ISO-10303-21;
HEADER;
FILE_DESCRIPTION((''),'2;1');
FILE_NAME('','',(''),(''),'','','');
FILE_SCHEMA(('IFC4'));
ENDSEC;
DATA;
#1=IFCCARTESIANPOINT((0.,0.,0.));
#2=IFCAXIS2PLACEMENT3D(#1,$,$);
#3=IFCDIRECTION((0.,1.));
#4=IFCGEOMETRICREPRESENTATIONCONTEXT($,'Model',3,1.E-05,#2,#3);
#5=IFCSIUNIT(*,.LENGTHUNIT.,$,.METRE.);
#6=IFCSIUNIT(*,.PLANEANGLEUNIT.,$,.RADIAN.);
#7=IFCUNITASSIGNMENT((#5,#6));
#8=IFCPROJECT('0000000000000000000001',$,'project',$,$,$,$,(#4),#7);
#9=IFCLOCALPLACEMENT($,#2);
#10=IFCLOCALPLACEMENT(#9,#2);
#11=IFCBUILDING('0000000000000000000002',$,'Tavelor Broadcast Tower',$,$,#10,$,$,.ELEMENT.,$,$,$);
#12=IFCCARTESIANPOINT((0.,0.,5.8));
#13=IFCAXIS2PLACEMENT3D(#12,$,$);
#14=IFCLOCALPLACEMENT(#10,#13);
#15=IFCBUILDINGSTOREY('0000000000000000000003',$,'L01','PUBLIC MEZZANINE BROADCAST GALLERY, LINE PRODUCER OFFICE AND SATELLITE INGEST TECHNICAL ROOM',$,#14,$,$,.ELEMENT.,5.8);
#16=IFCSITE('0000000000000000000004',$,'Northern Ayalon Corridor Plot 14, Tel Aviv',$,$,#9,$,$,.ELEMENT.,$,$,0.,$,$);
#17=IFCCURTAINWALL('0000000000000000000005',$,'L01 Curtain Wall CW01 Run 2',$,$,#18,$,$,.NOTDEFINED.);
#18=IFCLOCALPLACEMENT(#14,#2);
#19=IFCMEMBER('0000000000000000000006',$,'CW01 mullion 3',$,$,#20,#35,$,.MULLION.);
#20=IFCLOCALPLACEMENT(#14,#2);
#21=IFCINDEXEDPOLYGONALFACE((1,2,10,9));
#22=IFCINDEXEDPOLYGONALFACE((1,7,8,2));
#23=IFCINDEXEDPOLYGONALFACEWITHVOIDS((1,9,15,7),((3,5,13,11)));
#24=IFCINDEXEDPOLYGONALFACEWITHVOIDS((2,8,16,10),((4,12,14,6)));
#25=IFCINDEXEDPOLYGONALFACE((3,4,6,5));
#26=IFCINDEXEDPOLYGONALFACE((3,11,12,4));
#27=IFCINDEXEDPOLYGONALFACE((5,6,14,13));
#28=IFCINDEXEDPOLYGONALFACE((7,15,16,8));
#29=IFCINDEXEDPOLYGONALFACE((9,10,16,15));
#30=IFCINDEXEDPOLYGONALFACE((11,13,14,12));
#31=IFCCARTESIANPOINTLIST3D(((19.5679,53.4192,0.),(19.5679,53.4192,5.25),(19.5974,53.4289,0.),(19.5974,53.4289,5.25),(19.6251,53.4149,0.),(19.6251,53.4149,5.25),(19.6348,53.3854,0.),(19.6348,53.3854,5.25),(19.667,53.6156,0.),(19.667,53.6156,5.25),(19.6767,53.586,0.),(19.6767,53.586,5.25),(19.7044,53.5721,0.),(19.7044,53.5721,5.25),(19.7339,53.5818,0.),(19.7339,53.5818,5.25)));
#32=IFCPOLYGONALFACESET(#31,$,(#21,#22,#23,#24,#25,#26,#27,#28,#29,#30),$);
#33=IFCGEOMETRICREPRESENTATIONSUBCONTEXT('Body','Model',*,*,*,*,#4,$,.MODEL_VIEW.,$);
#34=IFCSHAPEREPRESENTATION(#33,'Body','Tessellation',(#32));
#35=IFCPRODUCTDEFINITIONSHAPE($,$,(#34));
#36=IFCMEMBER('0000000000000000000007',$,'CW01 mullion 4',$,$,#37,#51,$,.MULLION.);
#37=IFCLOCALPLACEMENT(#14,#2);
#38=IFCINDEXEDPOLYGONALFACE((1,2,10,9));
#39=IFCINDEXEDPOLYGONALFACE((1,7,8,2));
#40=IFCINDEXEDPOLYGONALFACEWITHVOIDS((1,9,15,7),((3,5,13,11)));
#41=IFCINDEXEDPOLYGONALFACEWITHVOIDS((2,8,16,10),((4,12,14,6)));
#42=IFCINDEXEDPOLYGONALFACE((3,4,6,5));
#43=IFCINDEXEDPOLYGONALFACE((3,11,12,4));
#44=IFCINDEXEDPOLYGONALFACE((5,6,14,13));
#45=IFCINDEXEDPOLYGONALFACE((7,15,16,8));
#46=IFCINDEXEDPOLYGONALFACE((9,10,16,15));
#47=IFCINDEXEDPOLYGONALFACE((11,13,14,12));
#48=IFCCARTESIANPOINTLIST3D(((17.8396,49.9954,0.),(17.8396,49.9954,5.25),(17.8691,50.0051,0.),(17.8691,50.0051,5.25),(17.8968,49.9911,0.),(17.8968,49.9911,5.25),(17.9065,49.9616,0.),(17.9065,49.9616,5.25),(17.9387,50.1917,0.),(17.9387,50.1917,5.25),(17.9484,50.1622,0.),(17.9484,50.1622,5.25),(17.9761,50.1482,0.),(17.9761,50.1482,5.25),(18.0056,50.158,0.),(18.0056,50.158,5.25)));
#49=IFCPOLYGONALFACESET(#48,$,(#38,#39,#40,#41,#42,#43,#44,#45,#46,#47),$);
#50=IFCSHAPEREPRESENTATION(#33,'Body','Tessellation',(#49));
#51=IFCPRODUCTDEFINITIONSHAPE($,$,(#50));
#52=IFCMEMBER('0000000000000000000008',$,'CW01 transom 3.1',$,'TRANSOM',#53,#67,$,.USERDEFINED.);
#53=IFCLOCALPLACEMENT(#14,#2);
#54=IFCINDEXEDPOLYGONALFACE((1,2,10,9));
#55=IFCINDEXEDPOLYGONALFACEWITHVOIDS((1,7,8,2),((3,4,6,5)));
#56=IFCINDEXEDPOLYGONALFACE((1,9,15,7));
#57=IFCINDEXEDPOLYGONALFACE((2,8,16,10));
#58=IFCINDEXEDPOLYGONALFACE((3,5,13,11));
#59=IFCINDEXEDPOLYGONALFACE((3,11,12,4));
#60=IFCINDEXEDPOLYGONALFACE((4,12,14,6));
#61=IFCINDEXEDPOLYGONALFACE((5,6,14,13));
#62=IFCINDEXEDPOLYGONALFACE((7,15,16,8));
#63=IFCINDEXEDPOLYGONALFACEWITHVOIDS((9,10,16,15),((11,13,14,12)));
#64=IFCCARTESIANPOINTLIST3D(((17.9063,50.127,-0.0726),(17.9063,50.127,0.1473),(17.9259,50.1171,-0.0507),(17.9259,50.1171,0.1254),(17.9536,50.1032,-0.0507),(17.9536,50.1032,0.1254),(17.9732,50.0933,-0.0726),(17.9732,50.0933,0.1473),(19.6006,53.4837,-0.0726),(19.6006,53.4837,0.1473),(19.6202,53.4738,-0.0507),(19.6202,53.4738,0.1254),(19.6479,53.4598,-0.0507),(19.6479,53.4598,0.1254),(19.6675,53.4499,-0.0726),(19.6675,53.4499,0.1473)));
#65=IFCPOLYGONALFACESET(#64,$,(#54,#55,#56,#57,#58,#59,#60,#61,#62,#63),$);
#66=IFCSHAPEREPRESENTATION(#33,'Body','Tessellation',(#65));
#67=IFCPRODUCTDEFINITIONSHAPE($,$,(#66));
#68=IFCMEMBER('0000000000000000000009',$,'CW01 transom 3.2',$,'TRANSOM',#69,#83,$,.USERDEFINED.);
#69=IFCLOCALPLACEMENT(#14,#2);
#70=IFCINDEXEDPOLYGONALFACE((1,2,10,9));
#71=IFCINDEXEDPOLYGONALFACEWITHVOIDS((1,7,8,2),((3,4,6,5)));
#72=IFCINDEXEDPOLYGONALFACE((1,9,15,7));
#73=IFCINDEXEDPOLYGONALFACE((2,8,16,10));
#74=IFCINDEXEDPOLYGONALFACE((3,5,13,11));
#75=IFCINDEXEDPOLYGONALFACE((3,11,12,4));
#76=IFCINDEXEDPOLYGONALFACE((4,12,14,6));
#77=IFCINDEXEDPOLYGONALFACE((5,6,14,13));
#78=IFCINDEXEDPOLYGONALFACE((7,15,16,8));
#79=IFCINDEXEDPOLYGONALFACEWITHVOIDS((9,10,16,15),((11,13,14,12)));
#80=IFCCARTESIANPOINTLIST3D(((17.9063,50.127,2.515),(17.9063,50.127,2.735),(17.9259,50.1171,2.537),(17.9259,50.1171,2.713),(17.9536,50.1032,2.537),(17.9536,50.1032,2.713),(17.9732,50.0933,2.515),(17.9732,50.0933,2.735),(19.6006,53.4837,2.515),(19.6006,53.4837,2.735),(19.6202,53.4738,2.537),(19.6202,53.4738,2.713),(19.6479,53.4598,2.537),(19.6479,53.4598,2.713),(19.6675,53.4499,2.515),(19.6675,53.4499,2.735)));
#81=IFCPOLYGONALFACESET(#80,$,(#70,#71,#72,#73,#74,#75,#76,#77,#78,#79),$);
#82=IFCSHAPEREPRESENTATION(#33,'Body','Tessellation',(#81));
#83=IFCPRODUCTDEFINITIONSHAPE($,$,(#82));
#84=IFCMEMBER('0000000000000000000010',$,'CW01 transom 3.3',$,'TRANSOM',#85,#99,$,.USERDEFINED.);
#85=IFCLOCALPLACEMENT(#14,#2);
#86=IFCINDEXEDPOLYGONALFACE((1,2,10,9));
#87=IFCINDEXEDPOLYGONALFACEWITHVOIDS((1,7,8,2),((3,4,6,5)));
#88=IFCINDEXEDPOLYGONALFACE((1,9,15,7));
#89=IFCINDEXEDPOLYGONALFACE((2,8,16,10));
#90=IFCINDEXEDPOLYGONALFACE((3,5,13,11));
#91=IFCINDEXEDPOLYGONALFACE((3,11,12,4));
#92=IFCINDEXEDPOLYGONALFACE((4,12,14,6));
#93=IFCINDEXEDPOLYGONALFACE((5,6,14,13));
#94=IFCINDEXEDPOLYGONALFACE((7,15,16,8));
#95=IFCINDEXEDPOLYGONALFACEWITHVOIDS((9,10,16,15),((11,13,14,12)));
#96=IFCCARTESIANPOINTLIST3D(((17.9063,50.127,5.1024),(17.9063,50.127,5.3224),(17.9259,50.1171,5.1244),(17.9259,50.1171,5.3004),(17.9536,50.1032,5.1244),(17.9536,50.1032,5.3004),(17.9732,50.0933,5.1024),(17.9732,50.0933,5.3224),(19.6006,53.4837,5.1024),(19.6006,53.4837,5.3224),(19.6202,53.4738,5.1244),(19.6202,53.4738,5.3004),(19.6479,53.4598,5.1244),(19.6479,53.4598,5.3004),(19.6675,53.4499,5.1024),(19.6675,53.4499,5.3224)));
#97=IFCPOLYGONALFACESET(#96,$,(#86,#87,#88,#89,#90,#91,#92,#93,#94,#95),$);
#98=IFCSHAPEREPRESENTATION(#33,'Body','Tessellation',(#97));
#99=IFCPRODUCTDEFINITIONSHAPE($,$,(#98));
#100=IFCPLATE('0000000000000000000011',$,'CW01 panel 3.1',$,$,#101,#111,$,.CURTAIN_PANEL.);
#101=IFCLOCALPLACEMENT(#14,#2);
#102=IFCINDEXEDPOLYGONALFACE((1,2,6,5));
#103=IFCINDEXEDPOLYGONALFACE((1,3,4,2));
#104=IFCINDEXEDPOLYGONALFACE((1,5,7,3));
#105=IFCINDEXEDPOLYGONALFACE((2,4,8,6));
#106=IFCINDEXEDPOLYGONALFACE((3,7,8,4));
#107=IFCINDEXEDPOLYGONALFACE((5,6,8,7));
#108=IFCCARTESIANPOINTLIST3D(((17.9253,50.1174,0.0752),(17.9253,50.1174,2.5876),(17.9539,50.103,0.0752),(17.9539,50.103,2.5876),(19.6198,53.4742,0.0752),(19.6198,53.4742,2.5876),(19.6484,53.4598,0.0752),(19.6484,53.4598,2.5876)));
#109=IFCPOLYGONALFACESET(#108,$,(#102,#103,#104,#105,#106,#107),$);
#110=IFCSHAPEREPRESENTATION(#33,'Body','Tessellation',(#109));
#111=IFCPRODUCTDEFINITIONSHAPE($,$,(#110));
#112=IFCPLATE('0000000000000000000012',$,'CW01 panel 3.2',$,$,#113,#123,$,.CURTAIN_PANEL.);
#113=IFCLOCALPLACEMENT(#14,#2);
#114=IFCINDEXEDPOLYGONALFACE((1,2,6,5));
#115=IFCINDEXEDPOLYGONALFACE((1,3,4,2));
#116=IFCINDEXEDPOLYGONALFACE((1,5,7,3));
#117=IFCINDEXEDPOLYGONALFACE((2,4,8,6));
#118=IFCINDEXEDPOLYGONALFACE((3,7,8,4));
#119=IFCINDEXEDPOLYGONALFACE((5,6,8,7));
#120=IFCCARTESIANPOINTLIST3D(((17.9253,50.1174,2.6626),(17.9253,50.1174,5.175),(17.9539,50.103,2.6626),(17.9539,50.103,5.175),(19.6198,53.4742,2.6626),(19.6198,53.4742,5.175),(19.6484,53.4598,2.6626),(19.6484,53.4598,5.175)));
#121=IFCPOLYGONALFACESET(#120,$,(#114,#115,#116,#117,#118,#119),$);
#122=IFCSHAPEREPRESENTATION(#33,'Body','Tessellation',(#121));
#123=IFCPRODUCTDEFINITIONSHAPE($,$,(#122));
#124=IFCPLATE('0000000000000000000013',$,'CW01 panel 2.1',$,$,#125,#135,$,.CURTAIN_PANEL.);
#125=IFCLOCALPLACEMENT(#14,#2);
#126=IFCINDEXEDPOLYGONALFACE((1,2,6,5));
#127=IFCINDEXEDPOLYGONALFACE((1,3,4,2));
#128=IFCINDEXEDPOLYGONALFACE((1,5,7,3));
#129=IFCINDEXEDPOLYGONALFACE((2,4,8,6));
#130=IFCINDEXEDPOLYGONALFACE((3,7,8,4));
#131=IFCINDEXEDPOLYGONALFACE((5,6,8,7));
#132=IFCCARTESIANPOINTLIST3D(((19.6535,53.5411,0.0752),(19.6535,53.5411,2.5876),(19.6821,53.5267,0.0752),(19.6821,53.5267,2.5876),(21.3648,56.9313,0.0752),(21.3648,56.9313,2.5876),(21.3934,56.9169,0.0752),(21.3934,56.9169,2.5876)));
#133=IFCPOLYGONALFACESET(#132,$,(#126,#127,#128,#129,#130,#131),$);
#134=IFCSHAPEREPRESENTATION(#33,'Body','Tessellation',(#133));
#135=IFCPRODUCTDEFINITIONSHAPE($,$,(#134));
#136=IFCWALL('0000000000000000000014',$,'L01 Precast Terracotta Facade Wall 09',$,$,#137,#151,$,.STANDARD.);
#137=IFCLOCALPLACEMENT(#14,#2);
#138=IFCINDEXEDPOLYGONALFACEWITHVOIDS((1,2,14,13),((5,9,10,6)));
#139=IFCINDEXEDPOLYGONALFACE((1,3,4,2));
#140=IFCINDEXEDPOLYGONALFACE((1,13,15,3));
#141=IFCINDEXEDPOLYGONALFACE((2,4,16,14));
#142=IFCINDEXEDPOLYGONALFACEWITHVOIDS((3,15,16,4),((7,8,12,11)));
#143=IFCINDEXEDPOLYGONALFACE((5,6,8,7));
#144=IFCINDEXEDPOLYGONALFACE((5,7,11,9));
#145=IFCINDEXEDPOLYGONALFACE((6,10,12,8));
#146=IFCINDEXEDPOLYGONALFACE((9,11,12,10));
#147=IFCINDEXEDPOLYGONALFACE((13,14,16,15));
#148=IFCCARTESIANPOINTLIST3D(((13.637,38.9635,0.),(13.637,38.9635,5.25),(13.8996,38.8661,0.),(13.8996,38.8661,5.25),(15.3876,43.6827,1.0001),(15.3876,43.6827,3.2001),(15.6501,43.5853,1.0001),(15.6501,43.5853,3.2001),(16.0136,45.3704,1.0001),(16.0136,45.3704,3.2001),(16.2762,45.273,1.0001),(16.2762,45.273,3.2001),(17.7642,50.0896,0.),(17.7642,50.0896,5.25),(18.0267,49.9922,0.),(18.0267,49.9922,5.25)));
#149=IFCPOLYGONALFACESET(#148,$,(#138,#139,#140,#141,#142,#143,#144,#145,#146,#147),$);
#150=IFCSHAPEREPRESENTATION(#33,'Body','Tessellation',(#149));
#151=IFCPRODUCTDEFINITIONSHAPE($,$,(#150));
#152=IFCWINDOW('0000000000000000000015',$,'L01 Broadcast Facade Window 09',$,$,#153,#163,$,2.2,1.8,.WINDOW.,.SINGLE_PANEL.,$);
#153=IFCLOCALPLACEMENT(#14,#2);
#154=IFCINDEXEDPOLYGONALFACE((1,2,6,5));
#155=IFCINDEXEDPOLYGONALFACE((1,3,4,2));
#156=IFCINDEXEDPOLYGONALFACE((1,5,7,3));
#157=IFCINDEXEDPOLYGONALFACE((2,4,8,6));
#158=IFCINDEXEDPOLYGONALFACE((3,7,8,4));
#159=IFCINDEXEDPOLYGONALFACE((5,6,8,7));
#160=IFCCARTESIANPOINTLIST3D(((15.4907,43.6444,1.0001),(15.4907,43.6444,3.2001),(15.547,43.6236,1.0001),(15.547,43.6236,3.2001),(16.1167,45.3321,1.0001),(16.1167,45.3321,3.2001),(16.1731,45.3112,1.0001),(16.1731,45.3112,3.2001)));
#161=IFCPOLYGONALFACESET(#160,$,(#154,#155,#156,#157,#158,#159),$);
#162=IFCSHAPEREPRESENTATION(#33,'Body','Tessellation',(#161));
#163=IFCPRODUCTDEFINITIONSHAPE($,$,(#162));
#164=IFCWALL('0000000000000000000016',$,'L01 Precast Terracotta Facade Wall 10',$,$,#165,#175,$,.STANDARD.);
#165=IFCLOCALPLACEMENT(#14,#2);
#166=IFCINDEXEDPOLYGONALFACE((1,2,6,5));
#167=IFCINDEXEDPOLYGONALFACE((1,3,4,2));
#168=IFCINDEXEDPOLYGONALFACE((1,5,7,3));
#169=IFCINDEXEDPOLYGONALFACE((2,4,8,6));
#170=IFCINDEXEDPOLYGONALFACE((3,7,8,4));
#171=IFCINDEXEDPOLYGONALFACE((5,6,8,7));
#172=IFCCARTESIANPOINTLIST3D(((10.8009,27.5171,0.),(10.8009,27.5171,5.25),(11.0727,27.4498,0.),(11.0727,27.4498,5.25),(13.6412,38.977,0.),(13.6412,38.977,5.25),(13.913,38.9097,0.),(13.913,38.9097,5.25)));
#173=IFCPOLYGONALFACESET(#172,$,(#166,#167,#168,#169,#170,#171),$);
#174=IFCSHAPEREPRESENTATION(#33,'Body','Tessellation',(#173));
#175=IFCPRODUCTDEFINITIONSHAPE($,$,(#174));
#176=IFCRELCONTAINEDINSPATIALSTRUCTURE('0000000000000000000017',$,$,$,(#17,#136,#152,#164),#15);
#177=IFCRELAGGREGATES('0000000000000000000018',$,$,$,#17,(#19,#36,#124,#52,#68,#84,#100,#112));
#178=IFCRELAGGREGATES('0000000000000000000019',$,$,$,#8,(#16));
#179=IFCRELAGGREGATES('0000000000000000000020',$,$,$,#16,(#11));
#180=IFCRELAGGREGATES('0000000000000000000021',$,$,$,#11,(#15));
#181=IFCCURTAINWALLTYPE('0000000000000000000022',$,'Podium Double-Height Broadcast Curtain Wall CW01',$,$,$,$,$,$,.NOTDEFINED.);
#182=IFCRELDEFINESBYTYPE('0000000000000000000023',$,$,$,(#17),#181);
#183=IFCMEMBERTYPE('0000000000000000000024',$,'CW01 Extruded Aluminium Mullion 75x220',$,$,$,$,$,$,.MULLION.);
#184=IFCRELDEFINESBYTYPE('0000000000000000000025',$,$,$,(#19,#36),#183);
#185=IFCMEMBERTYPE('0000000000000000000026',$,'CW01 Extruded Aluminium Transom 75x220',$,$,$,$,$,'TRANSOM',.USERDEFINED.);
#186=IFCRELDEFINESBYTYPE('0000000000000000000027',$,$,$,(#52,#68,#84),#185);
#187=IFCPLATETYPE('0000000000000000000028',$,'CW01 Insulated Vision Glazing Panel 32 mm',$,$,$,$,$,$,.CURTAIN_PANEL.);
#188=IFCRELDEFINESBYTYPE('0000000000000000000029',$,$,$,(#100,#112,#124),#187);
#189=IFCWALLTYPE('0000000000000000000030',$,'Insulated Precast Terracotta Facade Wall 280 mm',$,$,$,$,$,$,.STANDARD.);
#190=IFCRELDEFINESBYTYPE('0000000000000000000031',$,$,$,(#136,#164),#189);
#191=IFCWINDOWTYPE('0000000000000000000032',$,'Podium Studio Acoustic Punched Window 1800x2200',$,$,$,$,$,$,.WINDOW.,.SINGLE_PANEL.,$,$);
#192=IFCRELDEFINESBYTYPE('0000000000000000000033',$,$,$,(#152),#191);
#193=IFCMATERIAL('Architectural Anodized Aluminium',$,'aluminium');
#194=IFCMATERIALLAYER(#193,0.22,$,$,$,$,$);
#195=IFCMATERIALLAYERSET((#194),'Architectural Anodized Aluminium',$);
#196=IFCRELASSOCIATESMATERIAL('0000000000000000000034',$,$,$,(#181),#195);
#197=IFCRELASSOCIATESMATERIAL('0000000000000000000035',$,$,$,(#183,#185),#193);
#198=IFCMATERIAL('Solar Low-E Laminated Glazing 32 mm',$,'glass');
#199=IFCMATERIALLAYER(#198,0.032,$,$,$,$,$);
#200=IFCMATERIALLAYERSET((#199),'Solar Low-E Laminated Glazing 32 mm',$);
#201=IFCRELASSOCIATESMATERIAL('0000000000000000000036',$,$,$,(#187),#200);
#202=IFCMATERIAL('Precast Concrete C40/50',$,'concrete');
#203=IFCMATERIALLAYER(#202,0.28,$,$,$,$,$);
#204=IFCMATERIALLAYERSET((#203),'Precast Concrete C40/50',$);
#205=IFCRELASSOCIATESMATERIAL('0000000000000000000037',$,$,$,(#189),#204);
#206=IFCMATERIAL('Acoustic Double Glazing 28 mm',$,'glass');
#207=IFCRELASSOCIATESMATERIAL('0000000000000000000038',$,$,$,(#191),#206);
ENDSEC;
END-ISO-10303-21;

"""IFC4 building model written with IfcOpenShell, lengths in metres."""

from ifc_helpers import new_model, si_unit, direction, frame, frame_2d, origin, origin_2d, place, context, subcontext, project, spatial, rectangle, hollow_rectangle, extrude, source, transform, mapped, material, layer, layer_set, material_profile, profile_set, type_object, type_shapes, element, fill, aggregate, save


model = new_model("IFC4")

# Units and contexts
model_context = context("Model", 3, precision=1e-05, world=origin(), true_north=direction((0.0, 1.0)))
body_context = subcontext(model_context, "Body", "Model", "MODEL_VIEW")
ifc_project = project(units=[si_unit("LENGTHUNIT", "METRE"), si_unit("PLANEANGLEUNIT", "RADIAN")], contexts=[model_context])

# Site, building, storey
site_placement = place(None, origin())
site = spatial("IfcSite", under=ifc_project, at=site_placement, Name="Northern Ayalon Corridor Plot 14, Tel Aviv", CompositionType="ELEMENT", RefElevation=0.0)
building_placement = place(site_placement, origin())
building = spatial("IfcBuilding", under=site, at=building_placement, Name="Tavelor Broadcast Tower", CompositionType="ELEMENT")
storey_placement = place(building_placement, frame((0.0, 0.0, 5.8)))
storey = spatial("IfcBuildingStorey", under=building, at=storey_placement, Name="L01", Description="PUBLIC MEZZANINE BROADCAST GALLERY, LINE PRODUCER OFFICE AND SATELLITE INGEST TECHNICAL ROOM", CompositionType="ELEMENT", Elevation=5.8)

# Curtain wall, members, plates
ifc_material_1 = material(Name="Architectural Anodized Aluminium", Category="aluminium")
ifc_layer_1 = layer(ifc_material_1, 0.22)
ifc_layer_set_1 = layer_set([ifc_layer_1], Name="Architectural Anodized Aluminium")
curtain_wall_type = type_object("IfcCurtainWallType", Name="Podium Double-Height Broadcast Curtain Wall CW01", PredefinedType="NOTDEFINED", material=ifc_layer_set_1)
curtain_wall_placement = place(storey_placement, origin())
curtain_wall = element("IfcCurtainWall", 1, at=curtain_wall_placement, inside=storey, type_object=curtain_wall_type, Name="L01 Curtain Wall CW01 Run 2", PredefinedType="NOTDEFINED")
ifc_material_profile_1 = material_profile(ifc_material_1, hollow_rectangle(XDim=0.075, YDim=0.22, WallThickness=0.022, at=origin_2d()), Name="RHS 75x220x22")
ifc_profile_set_1 = profile_set([ifc_material_profile_1], Name="Architectural Anodized Aluminium")
member_type_1 = type_object("IfcMemberType", Name="CW01 Extruded Aluminium Mullion 75x220", PredefinedType="MULLION", material=ifc_profile_set_1)
shared_shape_1 = source(origin(), body_context, "Body", "SweptSolid", [
    extrude(hollow_rectangle(XDim=0.075, YDim=0.22, WallThickness=0.022, at=origin_2d()), origin(), (0.0, 0.0, 1.0), 5.25),
])
type_shapes(member_type_1, [shared_shape_1])
member_1_placement = place(storey_placement, frame((19.6509, 53.5005, 0.0), z_axis=(0.0, 0.0, 1.0), x_axis=(0.892711, -0.450629, 0.0)))
member_1 = element("IfcMember", 2, at=member_1_placement, type_object=member_type_1, Name="CW01 mullion 3", PredefinedType="MULLION", context=body_context, shape_type="MappedRepresentation", body=[
    mapped(shared_shape_1, transform((0.0, 0.0, 0.0), scale=1.0)),
])
member_2_placement = place(storey_placement, frame((17.9226, 50.0767, 0.0), z_axis=(0.0, 0.0, 1.0), x_axis=(0.892711, -0.450629, 0.0)))
member_2 = element("IfcMember", 3, at=member_2_placement, type_object=member_type_1, Name="CW01 mullion 4", PredefinedType="MULLION", context=body_context, shape_type="MappedRepresentation", body=[
    mapped(shared_shape_1, transform((0.0, 0.0, 0.0), scale=1.0)),
])
ifc_material_profile_2 = material_profile(ifc_material_1, hollow_rectangle(XDim=0.075, YDim=0.22, WallThickness=0.022, at=origin_2d()), Name="RHS 75x220x22")
ifc_profile_set_2 = profile_set([ifc_material_profile_2], Name="Architectural Anodized Aluminium")
member_type_2 = type_object("IfcMemberType", Name="CW01 Extruded Aluminium Transom 75x220", ElementType="TRANSOM", PredefinedType="USERDEFINED", material=ifc_profile_set_2)
shared_shape_2 = source(origin(), body_context, "Body", "SweptSolid", [
    extrude(hollow_rectangle(XDim=0.075, YDim=0.22, WallThickness=0.022, at=origin_2d()), origin(), (0.0, 0.0, 1.0), 3.76),
])
type_shapes(member_type_2, [shared_shape_2])
member_3_placement = place(storey_placement, frame((19.634, 53.4668, 0.0374), z_axis=(-0.450613, -0.89272, 0.0), x_axis=(0.89272, -0.450613, 0.0)))
member_3 = element("IfcMember", 4, at=member_3_placement, type_object=member_type_2, Name="CW01 transom 3.1", ObjectType="TRANSOM", PredefinedType="USERDEFINED", context=body_context, shape_type="MappedRepresentation", body=[
    mapped(shared_shape_2, transform((0.0, 0.0, 0.0), scale=1.0)),
])
member_4_placement = place(storey_placement, frame((19.634, 53.4668, 2.625), z_axis=(-0.450613, -0.89272, 0.0), x_axis=(0.89272, -0.450613, 0.0)))
member_4 = element("IfcMember", 5, at=member_4_placement, type_object=member_type_2, Name="CW01 transom 3.2", ObjectType="TRANSOM", PredefinedType="USERDEFINED", context=body_context, shape_type="MappedRepresentation", body=[
    mapped(shared_shape_2, transform((0.0, 0.0, 0.0), scale=1.0)),
])
member_5_placement = place(storey_placement, frame((19.634, 53.4668, 5.2124), z_axis=(-0.450613, -0.89272, 0.0), x_axis=(0.89272, -0.450613, 0.0)))
member_5 = element("IfcMember", 6, at=member_5_placement, type_object=member_type_2, Name="CW01 transom 3.3", ObjectType="TRANSOM", PredefinedType="USERDEFINED", context=body_context, shape_type="MappedRepresentation", body=[
    mapped(shared_shape_2, transform((0.0, 0.0, 0.0), scale=1.0)),
])
ifc_material_2 = material(Name="Solar Low-E Laminated Glazing 32 mm", Category="glass")
ifc_layer_2 = layer(ifc_material_2, 0.032)
ifc_layer_set_2 = layer_set([ifc_layer_2], Name="Solar Low-E Laminated Glazing 32 mm")
plate_type = type_object("IfcPlateType", Name="CW01 Insulated Vision Glazing Panel 32 mm", PredefinedType="CURTAIN_PANEL", material=ifc_layer_set_2)
shared_shape_3 = source(origin(), body_context, "Body", "SweptSolid", [
    extrude(rectangle(XDim=3.7603, YDim=0.032, at=origin_2d()), origin(), (0.0, 0.0, 1.0), 2.5125),
])
plate_1_placement = place(storey_placement, frame((18.7869, 51.7886, 0.0752), z_axis=(0.0, 0.0, 1.0), x_axis=(-0.450629, -0.892711, 0.0)))
plate_1 = element("IfcPlate", 7, at=plate_1_placement, type_object=plate_type, Name="CW01 panel 3.1", PredefinedType="CURTAIN_PANEL", context=body_context, shape_type="MappedRepresentation", body=[
    mapped(shared_shape_3, transform((0.0, 0.0, 0.0), scale=1.0)),
])
plate_2_placement = place(storey_placement, frame((18.7869, 51.7886, 2.6626), z_axis=(0.0, 0.0, 1.0), x_axis=(-0.450629, -0.892711, 0.0)))
plate_2 = element("IfcPlate", 8, at=plate_2_placement, type_object=plate_type, Name="CW01 panel 3.2", PredefinedType="CURTAIN_PANEL", context=body_context, shape_type="MappedRepresentation", body=[
    mapped(shared_shape_3, transform((0.0, 0.0, 0.0), scale=1.0)),
])
shared_shape_4 = source(origin(), body_context, "Body", "SweptSolid", [
    extrude(rectangle(XDim=3.7976, YDim=0.032, at=origin_2d()), origin(), (0.0, 0.0, 1.0), 2.5125),
])
type_shapes(plate_type, [shared_shape_3, shared_shape_4])
plate_3_placement = place(storey_placement, frame((20.5234, 55.229, 0.0752), z_axis=(0.0, 0.0, 1.0), x_axis=(-0.450629, -0.892711, 0.0)))
plate_3 = element("IfcPlate", 9, at=plate_3_placement, type_object=plate_type, Name="CW01 panel 2.1", PredefinedType="CURTAIN_PANEL", context=body_context, shape_type="MappedRepresentation", body=[
    mapped(shared_shape_4, transform((0.0, 0.0, 0.0), scale=1.0)),
])
aggregate(curtain_wall, [member_1, member_2, plate_3, member_3, member_4, member_5, plate_1, plate_2])

# Wall, opening, window
ifc_material_3 = material(Name="Precast Concrete C40/50", Category="concrete")
ifc_layer_3 = layer(ifc_material_3, 0.28)
ifc_layer_set_3 = layer_set([ifc_layer_3], Name="Precast Concrete C40/50")
wall_type = type_object("IfcWallType", Name="Insulated Precast Terracotta Facade Wall 280 mm", PredefinedType="STANDARD", material=ifc_layer_set_3)
wall_1_placement = place(storey_placement, frame((17.8955, 50.041, 0.0), z_axis=(0.0, 0.0, 1.0), x_axis=(-0.347787, -0.937574, 0.0)))
wall_1 = element("IfcWall", 10, at=wall_1_placement, inside=storey, type_object=wall_type, Name="L01 Precast Terracotta Facade Wall 09", PredefinedType="STANDARD", context=body_context, shape_type="SweptSolid", body=[
    extrude(rectangle(XDim=11.8669, YDim=0.28, at=frame_2d((5.9336, 0.0))), origin(), (0.0, 0.0, 1.0), 5.25),
])
opening_placement = place(wall_1_placement, frame((5.0337, 0.0, 1.0)))
opening = element("IfcOpeningElement", 11, at=opening_placement, cuts=wall_1, PredefinedType="OPENING", context=body_context, shape_type="SweptSolid", body=[
    extrude(rectangle(XDim=1.8, YDim=2.2, at=frame_2d((0.8999, 1.1001))), frame((0.0, 0.1499, 0.0), z_axis=(0.0, -1.0, 0.0), x_axis=(1.0, 0.0, 0.0)), (0.0, 0.0, 1.0), 0.3),
])
ifc_material_4 = material(Name="Acoustic Double Glazing 28 mm", Category="glass")
window_type = type_object("IfcWindowType", Name="Podium Studio Acoustic Punched Window 1800x2200", PartitioningType="SINGLE_PANEL", PredefinedType="WINDOW", material=ifc_material_4)
window_placement = place(opening_placement, origin())
window = element("IfcWindow", 12, at=window_placement, inside=storey, type_object=window_type, Name="L01 Broadcast Facade Window 09", OverallHeight=2.2, OverallWidth=1.8, PartitioningType="SINGLE_PANEL", PredefinedType="WINDOW", context=body_context, shape_type="SweptSolid", body=[
    extrude(rectangle(XDim=1.8, YDim=2.2, at=frame_2d((0.8999, 1.1001))), frame((0.0, 0.03, 0.0), z_axis=(0.0, -1.0, 0.0), x_axis=(1.0, 0.0, 0.0)), (0.0, 0.0, 1.0), 0.0601),
])
fill(opening, window)

# Wall
wall_2_placement = place(storey_placement, frame((13.7771, 38.9434, 0.0), z_axis=(0.0, 0.0, 1.0), x_axis=(-0.240569, -0.970632, 0.0)))
element("IfcWall", 13, at=wall_2_placement, inside=storey, type_object=wall_type, Name="L01 Precast Terracotta Facade Wall 10", PredefinedType="STANDARD", context=body_context, shape_type="SweptSolid", body=[
    extrude(rectangle(XDim=11.8066, YDim=0.28, at=frame_2d((5.9033, 0.0))), origin(), (0.0, 0.0, 1.0), 5.25),
])

save(model, "model.ifc")
